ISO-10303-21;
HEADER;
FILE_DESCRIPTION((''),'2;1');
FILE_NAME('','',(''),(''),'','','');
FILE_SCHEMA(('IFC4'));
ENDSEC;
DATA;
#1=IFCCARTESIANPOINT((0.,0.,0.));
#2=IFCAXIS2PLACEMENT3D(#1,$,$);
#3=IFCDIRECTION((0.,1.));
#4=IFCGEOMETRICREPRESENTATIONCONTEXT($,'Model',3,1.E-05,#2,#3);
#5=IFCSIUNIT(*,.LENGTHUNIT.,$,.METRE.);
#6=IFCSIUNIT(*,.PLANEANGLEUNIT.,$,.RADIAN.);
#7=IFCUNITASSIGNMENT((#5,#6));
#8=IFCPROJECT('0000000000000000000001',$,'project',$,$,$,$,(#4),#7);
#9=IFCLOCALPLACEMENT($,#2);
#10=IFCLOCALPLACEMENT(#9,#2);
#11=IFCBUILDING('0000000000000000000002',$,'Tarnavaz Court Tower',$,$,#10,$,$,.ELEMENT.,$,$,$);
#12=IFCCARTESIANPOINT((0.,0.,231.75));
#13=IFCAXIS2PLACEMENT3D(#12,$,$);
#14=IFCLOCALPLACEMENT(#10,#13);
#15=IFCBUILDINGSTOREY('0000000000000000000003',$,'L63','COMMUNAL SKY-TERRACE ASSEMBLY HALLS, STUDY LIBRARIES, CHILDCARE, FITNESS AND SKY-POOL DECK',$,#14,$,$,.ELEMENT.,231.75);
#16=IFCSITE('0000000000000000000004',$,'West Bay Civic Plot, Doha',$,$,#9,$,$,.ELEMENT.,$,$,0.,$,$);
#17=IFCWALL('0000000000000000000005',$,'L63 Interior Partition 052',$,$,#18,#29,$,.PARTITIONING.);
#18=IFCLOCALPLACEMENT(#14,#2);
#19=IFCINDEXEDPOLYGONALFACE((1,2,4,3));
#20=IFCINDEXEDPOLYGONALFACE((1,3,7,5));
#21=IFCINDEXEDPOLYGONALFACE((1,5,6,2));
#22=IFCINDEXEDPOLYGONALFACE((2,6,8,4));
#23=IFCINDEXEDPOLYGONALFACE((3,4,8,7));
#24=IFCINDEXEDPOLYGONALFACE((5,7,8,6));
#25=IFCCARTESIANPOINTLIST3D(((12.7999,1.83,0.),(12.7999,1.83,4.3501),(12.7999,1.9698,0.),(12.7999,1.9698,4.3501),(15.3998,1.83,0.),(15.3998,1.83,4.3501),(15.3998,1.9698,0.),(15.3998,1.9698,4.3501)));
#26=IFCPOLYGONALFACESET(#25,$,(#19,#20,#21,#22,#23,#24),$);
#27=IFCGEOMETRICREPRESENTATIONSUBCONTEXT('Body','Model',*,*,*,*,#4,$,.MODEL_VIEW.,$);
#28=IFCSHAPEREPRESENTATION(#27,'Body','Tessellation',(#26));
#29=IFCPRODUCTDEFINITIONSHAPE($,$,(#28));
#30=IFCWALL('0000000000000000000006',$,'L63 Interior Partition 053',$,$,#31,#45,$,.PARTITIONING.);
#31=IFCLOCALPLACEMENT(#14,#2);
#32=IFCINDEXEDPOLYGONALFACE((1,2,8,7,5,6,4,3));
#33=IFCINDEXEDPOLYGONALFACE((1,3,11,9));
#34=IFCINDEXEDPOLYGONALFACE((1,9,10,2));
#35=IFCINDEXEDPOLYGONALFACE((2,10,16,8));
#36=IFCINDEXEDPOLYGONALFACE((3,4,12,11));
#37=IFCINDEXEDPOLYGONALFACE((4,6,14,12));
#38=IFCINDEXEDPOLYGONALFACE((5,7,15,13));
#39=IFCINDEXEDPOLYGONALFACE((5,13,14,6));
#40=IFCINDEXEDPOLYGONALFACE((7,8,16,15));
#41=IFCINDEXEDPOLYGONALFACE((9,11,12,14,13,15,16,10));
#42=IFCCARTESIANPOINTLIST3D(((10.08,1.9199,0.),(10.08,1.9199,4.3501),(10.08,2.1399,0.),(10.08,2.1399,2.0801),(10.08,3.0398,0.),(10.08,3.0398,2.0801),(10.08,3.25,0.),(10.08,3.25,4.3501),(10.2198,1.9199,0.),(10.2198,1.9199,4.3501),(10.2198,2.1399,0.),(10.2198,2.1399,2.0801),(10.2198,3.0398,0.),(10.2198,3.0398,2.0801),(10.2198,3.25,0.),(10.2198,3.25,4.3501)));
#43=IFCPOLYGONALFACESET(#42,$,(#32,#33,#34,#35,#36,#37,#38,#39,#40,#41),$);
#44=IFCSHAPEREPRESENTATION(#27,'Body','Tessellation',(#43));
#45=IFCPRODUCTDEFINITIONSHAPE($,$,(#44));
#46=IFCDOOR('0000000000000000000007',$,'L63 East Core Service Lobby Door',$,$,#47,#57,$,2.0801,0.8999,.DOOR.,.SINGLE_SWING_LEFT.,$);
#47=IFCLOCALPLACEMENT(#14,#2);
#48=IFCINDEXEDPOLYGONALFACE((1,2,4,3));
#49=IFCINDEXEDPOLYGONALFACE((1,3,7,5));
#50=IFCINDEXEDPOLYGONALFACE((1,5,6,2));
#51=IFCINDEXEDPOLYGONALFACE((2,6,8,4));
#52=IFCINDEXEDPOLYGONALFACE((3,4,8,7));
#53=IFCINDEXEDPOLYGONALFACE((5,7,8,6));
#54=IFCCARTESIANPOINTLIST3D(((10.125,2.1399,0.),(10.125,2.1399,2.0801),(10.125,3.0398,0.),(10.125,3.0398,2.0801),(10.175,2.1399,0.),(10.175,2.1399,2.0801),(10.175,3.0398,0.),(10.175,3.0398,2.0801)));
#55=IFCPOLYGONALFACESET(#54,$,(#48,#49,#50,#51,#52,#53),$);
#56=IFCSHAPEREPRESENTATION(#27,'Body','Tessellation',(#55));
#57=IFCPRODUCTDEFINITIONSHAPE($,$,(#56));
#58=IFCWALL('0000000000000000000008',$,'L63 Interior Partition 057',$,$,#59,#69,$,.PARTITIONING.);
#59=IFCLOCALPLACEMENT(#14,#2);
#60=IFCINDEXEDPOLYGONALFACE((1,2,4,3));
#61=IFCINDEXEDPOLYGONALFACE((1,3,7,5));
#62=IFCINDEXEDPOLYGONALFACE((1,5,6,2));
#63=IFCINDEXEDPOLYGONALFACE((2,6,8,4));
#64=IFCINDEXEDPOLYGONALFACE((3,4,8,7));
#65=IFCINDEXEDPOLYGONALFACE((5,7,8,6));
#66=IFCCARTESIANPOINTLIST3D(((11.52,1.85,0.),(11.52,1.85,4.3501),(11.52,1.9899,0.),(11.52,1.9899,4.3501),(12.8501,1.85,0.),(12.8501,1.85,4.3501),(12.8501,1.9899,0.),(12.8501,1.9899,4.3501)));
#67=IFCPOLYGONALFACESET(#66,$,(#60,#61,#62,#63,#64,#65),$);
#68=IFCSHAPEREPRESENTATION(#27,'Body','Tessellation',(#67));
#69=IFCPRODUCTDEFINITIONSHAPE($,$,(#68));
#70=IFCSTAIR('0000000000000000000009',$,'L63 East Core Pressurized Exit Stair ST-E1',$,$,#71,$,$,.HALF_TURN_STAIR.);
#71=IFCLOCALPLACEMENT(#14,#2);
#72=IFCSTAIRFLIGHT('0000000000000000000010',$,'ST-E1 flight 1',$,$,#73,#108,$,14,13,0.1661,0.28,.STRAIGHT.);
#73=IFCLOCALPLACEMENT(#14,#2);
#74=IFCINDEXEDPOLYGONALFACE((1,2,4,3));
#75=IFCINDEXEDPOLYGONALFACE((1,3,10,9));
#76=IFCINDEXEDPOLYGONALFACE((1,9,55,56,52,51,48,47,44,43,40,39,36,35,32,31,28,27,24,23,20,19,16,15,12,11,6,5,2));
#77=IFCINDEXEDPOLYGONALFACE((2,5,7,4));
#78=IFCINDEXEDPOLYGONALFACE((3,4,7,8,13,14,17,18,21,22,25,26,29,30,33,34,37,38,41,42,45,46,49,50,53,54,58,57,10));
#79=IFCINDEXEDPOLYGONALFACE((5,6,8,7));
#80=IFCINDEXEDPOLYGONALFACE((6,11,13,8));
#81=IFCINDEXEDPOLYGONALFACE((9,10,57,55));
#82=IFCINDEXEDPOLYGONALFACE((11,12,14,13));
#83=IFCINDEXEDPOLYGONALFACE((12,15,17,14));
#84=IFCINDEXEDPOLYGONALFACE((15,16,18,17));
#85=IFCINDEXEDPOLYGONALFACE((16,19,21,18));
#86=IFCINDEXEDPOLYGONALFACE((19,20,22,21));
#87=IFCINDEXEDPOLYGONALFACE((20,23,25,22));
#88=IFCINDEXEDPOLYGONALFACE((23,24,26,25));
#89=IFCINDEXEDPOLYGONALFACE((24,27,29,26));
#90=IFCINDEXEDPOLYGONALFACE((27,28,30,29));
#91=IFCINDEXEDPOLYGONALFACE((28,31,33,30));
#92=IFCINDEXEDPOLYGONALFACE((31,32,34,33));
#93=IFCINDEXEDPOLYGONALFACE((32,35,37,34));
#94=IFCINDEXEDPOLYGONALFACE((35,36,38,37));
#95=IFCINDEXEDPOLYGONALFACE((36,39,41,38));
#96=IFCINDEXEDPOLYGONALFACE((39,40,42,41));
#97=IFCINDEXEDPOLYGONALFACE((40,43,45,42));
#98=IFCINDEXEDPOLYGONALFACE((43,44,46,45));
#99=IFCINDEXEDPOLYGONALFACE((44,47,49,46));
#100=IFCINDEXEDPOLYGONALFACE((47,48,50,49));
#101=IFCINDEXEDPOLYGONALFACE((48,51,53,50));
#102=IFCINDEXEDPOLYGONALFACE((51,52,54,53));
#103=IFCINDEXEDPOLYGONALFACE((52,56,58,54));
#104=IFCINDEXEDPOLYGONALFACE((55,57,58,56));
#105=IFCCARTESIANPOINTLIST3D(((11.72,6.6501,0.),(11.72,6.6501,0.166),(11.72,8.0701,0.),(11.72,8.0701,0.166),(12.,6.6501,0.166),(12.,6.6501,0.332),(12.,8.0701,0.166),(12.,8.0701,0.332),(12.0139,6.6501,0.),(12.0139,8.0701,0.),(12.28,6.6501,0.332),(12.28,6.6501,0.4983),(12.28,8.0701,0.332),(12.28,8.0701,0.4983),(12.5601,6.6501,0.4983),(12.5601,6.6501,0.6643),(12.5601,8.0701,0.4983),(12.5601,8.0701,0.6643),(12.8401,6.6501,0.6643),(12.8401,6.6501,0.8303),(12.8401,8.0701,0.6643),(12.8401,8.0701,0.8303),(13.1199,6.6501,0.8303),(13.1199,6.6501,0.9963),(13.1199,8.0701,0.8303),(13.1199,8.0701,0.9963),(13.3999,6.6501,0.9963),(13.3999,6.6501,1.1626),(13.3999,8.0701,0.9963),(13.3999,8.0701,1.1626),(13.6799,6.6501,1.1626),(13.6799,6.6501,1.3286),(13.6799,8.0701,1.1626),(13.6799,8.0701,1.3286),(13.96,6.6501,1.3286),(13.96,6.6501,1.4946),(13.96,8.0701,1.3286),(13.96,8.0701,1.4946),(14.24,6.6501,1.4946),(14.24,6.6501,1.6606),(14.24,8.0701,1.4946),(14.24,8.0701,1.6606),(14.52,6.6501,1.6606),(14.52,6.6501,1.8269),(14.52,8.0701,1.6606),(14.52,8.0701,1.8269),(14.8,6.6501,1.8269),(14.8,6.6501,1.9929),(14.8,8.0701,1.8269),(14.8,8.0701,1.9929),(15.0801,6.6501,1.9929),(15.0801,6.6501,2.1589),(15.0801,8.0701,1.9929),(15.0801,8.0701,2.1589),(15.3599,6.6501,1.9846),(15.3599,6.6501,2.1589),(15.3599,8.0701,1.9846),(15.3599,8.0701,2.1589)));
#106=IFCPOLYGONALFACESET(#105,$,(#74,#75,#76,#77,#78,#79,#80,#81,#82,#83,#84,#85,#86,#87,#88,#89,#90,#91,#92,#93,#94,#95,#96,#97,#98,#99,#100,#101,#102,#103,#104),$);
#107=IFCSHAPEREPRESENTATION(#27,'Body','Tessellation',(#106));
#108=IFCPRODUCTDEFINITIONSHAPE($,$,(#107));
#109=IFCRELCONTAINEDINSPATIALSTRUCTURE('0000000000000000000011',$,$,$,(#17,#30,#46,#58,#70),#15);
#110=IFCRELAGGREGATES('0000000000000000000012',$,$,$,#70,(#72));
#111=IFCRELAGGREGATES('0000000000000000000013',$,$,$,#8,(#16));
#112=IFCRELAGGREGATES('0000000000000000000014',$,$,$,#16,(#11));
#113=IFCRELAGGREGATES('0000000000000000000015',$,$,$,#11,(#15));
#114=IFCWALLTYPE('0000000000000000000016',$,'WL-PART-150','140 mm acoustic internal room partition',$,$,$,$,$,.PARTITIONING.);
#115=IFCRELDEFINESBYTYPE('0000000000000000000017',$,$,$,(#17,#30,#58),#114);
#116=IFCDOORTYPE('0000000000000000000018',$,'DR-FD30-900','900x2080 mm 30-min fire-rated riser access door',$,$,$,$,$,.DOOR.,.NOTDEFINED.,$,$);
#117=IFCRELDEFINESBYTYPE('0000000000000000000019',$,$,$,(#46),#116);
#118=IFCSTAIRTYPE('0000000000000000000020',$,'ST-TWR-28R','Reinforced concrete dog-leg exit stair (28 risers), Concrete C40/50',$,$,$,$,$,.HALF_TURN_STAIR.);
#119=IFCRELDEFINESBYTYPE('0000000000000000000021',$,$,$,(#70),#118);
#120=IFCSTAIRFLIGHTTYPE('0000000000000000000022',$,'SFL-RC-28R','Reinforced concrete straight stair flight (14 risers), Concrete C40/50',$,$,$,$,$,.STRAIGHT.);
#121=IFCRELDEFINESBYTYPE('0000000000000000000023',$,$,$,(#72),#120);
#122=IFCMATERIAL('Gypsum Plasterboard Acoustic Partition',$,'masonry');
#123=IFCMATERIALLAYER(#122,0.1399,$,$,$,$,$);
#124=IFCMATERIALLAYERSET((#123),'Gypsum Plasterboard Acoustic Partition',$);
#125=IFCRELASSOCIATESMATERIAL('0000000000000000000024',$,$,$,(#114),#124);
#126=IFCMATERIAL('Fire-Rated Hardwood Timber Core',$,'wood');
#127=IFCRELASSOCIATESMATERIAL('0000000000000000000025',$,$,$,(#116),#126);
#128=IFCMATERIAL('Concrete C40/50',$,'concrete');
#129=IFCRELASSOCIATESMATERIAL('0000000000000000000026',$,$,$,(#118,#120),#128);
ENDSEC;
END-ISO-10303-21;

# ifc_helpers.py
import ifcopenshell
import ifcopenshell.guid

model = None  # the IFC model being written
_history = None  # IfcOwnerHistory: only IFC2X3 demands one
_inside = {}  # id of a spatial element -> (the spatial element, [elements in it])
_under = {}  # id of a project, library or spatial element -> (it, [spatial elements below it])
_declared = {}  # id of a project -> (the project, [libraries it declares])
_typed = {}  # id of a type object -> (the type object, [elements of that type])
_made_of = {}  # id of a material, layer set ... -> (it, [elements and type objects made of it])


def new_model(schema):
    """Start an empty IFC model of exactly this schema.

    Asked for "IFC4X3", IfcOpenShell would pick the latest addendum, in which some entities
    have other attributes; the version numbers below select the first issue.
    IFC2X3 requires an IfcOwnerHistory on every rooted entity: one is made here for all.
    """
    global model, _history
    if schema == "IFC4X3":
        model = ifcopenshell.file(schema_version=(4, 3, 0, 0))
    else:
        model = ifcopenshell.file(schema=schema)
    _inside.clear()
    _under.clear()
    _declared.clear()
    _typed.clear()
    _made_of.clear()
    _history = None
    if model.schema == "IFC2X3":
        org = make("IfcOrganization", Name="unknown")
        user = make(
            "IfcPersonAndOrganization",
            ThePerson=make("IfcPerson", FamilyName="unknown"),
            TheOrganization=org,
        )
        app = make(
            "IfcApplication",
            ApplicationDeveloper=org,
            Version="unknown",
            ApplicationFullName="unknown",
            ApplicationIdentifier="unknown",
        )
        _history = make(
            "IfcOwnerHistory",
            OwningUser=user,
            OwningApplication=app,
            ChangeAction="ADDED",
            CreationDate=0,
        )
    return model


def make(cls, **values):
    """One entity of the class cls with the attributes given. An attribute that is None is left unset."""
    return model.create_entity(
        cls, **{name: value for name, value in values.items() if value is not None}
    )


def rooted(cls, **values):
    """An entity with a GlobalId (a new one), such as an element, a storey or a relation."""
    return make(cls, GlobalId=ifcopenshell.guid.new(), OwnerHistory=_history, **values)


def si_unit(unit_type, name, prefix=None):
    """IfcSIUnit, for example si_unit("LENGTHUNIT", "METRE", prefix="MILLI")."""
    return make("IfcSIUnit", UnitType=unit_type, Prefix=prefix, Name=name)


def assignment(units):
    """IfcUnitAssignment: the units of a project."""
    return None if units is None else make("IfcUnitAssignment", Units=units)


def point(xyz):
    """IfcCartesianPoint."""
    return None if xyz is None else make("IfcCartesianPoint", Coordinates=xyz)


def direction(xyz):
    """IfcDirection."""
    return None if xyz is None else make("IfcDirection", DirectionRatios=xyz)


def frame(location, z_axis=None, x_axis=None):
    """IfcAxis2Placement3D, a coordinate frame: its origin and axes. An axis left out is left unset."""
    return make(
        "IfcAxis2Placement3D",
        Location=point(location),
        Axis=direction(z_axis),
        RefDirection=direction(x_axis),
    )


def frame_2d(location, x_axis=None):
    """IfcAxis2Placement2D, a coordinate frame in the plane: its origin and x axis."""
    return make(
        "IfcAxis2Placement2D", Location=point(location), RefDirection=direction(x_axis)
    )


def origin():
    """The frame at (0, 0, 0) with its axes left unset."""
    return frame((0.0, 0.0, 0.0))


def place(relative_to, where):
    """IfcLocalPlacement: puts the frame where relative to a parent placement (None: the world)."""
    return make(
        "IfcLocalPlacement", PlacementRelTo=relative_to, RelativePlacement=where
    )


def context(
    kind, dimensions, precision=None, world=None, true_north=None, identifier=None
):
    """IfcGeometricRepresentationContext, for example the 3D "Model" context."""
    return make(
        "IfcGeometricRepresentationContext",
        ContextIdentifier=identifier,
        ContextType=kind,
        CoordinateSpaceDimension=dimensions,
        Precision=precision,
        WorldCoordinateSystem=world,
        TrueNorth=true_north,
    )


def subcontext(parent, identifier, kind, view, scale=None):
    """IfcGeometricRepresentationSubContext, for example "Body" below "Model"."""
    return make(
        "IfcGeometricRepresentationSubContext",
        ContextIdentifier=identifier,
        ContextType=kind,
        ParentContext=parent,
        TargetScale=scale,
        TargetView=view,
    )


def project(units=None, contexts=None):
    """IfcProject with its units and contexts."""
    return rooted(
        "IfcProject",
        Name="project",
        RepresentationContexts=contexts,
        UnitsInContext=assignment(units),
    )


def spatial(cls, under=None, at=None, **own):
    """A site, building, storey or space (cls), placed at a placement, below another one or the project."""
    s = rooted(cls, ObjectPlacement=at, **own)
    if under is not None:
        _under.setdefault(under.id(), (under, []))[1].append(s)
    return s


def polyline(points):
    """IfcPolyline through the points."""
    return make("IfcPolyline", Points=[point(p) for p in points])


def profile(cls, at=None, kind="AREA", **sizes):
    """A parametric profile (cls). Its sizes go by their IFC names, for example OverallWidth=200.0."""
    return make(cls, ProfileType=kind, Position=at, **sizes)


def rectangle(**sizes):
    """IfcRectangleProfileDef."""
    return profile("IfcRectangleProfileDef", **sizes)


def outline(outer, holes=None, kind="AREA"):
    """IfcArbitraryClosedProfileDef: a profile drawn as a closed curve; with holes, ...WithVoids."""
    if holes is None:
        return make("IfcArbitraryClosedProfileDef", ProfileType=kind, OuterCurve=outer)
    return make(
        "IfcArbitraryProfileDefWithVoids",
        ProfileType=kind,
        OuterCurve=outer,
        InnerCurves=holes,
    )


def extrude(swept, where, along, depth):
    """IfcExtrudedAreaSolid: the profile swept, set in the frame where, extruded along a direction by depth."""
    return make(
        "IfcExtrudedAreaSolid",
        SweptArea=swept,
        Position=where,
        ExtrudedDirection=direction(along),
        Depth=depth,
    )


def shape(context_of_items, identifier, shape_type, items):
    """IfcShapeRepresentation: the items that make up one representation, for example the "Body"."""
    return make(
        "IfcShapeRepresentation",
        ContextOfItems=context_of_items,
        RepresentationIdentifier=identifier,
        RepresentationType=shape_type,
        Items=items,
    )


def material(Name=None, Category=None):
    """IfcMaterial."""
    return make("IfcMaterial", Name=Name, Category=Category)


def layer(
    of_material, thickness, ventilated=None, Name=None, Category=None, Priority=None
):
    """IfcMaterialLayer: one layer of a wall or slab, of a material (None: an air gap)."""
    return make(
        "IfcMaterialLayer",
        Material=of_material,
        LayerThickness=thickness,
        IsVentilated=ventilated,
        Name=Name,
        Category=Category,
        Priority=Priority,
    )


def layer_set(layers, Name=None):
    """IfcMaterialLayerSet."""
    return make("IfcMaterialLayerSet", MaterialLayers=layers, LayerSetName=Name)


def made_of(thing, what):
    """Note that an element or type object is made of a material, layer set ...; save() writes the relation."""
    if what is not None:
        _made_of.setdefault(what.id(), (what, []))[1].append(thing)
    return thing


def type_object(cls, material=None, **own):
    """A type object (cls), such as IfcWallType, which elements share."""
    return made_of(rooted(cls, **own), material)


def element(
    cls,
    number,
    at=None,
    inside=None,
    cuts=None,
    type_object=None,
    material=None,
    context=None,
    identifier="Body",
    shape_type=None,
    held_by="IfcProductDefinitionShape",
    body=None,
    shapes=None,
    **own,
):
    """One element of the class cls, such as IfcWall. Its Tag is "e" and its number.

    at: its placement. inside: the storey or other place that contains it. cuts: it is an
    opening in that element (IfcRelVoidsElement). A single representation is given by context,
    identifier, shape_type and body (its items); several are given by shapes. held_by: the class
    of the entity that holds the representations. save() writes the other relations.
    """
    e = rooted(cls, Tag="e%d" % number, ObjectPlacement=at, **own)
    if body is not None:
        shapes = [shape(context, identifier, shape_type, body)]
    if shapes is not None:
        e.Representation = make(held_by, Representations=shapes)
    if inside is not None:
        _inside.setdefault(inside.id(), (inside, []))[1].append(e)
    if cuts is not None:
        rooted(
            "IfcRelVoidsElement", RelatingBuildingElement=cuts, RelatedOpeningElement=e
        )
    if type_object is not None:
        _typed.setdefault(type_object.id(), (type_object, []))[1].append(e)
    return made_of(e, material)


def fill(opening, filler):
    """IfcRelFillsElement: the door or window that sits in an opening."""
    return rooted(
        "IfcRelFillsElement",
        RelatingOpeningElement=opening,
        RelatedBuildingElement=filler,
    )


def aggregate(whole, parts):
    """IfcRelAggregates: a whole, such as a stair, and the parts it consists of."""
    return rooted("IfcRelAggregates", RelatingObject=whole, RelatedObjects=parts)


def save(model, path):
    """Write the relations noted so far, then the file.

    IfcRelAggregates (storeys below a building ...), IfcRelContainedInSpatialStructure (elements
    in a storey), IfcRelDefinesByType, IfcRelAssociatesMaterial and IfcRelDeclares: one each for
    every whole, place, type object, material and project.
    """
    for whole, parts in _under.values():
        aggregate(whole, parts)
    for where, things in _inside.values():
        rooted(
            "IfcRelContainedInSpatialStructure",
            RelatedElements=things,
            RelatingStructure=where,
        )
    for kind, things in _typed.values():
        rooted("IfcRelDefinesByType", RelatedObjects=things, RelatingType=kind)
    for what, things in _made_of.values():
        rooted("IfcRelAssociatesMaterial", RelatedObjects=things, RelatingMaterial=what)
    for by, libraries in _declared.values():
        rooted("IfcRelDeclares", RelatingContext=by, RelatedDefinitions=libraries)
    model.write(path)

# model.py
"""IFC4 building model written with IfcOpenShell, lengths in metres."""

from ifc_helpers import new_model, si_unit, direction, frame, frame_2d, origin, place, context, subcontext, project, spatial, polyline, rectangle, outline, extrude, material, layer, layer_set, type_object, element, fill, aggregate, save


model = new_model("IFC4")

# Units and contexts
model_context = context("Model", 3, precision=1e-05, world=origin(), true_north=direction((0.0, 1.0)))
body_context = subcontext(model_context, "Body", "Model", "MODEL_VIEW")
ifc_project = project(units=[si_unit("LENGTHUNIT", "METRE"), si_unit("PLANEANGLEUNIT", "RADIAN")], contexts=[model_context])

# Site, building, storey
site_placement = place(None, origin())
site = spatial("IfcSite", under=ifc_project, at=site_placement, Name="West Bay Civic Plot, Doha", CompositionType="ELEMENT", RefElevation=0.0)
building_placement = place(site_placement, origin())
building = spatial("IfcBuilding", under=site, at=building_placement, Name="Tarnavaz Court Tower", CompositionType="ELEMENT")
storey_placement = place(building_placement, frame((0.0, 0.0, 231.75)))
storey = spatial("IfcBuildingStorey", under=building, at=storey_placement, Name="L63", Description="COMMUNAL SKY-TERRACE ASSEMBLY HALLS, STUDY LIBRARIES, CHILDCARE, FITNESS AND SKY-POOL DECK", CompositionType="ELEMENT", Elevation=231.75)

# Shared definitions
ifc_material_1 = material(Name="Fire-Rated Hardwood Timber Core", Category="wood")

# Wall
ifc_material_2 = material(Name="Gypsum Plasterboard Acoustic Partition", Category="masonry")
ifc_layer_1 = layer(ifc_material_2, 0.1399)
ifc_layer_set_1 = layer_set([ifc_layer_1], Name="Gypsum Plasterboard Acoustic Partition")
wall_type_1 = type_object("IfcWallType", Name="WL-PART-150", Description="140 mm acoustic internal room partition", PredefinedType="PARTITIONING", material=ifc_layer_set_1)
wall_1_placement = place(storey_placement, frame((12.8, 1.8999, 0.0), z_axis=(0.0, 0.0, 1.0), x_axis=(1.0, 0.0, 0.0)))
element("IfcWall", 1, at=wall_1_placement, inside=storey, type_object=wall_type_1, Name="L63 Interior Partition 052", PredefinedType="PARTITIONING", context=body_context, shape_type="SweptSolid", body=[
    extrude(rectangle(XDim=2.5999, YDim=0.1399, at=frame_2d((1.2998, 0.0))), origin(), (0.0, 0.0, 1.0), 4.3501),
])

# Wall, opening, door
wall_2_placement = place(storey_placement, frame((10.1499, 1.9199, 0.0), z_axis=(0.0, 0.0, 1.0), x_axis=(0.0, 1.0, 0.0)))
wall_2 = element("IfcWall", 2, at=wall_2_placement, inside=storey, type_object=wall_type_1, Name="L63 Interior Partition 053", PredefinedType="PARTITIONING", context=body_context, shape_type="SweptSolid", body=[
    extrude(rectangle(XDim=1.3301, YDim=0.1399, at=frame_2d((0.665, 0.0))), origin(), (0.0, 0.0, 1.0), 4.3501),
])
opening_1_placement = place(wall_2_placement, frame((0.22, 0.0, 0.0)))
opening_1 = element("IfcOpeningElement", 3, at=opening_1_placement, cuts=wall_2, PredefinedType="OPENING", context=body_context, shape_type="SweptSolid", body=[
    extrude(rectangle(XDim=0.8999, YDim=2.0801, at=frame_2d((0.45, 1.04))), frame((0.0, 0.0798, 0.0), z_axis=(0.0, -1.0, 0.0), x_axis=(1.0, 0.0, 0.0)), (0.0, 0.0, 1.0), 0.1599),
])
door_type_1 = type_object("IfcDoorType", Name="DR-FD30-900", Description="900x2080 mm 30-min fire-rated riser access door", OperationType="NOTDEFINED", PredefinedType="DOOR", material=ifc_material_1)
door_1_placement = place(opening_1_placement, origin())
door_1 = element("IfcDoor", 4, at=door_1_placement, inside=storey, type_object=door_type_1, Name="L63 East Core Service Lobby Door", OperationType="SINGLE_SWING_LEFT", OverallHeight=2.0801, OverallWidth=0.8999, PredefinedType="DOOR", context=body_context, shape_type="SweptSolid", body=[
    extrude(rectangle(XDim=0.8999, YDim=2.0801, at=frame_2d((0.45, 1.04))), frame((0.0, 0.0249, 0.0), z_axis=(0.0, -1.0, 0.0), x_axis=(1.0, 0.0, 0.0)), (0.0, 0.0, 1.0), 0.05),
])
fill(opening_1, door_1)

# Wall
wall_3_placement = place(storey_placement, frame((11.52, 1.9199, 0.0), z_axis=(0.0, 0.0, 1.0), x_axis=(1.0, 0.0, 0.0)))
element("IfcWall", 5, at=wall_3_placement, inside=storey, type_object=wall_type_1, Name="L63 Interior Partition 057", PredefinedType="PARTITIONING", context=body_context, shape_type="SweptSolid", body=[
    extrude(rectangle(XDim=1.3301, YDim=0.1399, at=frame_2d((0.665, 0.0))), origin(), (0.0, 0.0, 1.0), 4.3501),
])

# Stair, stair flight
ifc_material_3 = material(Name="Concrete C40/50", Category="concrete")
stair_type = type_object("IfcStairType", Name="ST-TWR-28R", Description="Reinforced concrete dog-leg exit stair (28 risers), Concrete C40/50", PredefinedType="HALF_TURN_STAIR", material=ifc_material_3)
stair_placement = place(storey_placement, origin())
stair = element("IfcStair", 6, at=stair_placement, inside=storey, type_object=stair_type, Name="L63 East Core Pressurized Exit Stair ST-E1", PredefinedType="HALF_TURN_STAIR")
stair_flight_type = type_object("IfcStairFlightType", Name="SFL-RC-28R", Description="Reinforced concrete straight stair flight (14 risers), Concrete C40/50", PredefinedType="STRAIGHT", material=ifc_material_3)
stair_flight_placement = place(storey_placement, frame((11.72, 7.3601, 0.0), z_axis=(0.0, 0.0, 1.0), x_axis=(1.0, 0.0, 0.0)))
stair_flight = element("IfcStairFlight", 7, at=stair_flight_placement, type_object=stair_flight_type, Name="ST-E1 flight 1", NumberOfRisers=14, NumberOfTreads=13, PredefinedType="STRAIGHT", RiserHeight=0.1661, TreadLength=0.28, context=body_context, shape_type="SweptSolid", body=[
    extrude(outline(polyline([(0.0, 0.0), (0.0, 0.166), (0.28, 0.166), (0.28, 0.332), (0.5601, 0.332), (0.5601, 0.4983), (0.8401, 0.4983), (0.8401, 0.6643), (1.1201, 0.6643), (1.1201, 0.8303), (1.3999, 0.8303), (1.3999, 0.9963), (1.6799, 0.9963), (1.6799, 1.1626), (1.96, 1.1626), (1.96, 1.3286), (2.24, 1.3286), (2.24, 1.4946), (2.52, 1.4946), (2.52, 1.6606), (2.8, 1.6606), (2.8, 1.8269), (3.0801, 1.8269), (3.0801, 1.9929), (3.3601, 1.9929), (3.3601, 2.1589), (3.6399, 2.1589), (3.6399, 2.325), (3.6399, 1.9846), (0.2939, 0.0), (0.0, 0.0)])), frame((0.0, 0.71, 0.0), z_axis=(0.0, -1.0, 0.0), x_axis=(1.0, 0.0, 0.0)), (0.0, 0.0, 1.0), 1.4199),
])
aggregate(stair, [stair_flight])

save(model, "model.ifc")
